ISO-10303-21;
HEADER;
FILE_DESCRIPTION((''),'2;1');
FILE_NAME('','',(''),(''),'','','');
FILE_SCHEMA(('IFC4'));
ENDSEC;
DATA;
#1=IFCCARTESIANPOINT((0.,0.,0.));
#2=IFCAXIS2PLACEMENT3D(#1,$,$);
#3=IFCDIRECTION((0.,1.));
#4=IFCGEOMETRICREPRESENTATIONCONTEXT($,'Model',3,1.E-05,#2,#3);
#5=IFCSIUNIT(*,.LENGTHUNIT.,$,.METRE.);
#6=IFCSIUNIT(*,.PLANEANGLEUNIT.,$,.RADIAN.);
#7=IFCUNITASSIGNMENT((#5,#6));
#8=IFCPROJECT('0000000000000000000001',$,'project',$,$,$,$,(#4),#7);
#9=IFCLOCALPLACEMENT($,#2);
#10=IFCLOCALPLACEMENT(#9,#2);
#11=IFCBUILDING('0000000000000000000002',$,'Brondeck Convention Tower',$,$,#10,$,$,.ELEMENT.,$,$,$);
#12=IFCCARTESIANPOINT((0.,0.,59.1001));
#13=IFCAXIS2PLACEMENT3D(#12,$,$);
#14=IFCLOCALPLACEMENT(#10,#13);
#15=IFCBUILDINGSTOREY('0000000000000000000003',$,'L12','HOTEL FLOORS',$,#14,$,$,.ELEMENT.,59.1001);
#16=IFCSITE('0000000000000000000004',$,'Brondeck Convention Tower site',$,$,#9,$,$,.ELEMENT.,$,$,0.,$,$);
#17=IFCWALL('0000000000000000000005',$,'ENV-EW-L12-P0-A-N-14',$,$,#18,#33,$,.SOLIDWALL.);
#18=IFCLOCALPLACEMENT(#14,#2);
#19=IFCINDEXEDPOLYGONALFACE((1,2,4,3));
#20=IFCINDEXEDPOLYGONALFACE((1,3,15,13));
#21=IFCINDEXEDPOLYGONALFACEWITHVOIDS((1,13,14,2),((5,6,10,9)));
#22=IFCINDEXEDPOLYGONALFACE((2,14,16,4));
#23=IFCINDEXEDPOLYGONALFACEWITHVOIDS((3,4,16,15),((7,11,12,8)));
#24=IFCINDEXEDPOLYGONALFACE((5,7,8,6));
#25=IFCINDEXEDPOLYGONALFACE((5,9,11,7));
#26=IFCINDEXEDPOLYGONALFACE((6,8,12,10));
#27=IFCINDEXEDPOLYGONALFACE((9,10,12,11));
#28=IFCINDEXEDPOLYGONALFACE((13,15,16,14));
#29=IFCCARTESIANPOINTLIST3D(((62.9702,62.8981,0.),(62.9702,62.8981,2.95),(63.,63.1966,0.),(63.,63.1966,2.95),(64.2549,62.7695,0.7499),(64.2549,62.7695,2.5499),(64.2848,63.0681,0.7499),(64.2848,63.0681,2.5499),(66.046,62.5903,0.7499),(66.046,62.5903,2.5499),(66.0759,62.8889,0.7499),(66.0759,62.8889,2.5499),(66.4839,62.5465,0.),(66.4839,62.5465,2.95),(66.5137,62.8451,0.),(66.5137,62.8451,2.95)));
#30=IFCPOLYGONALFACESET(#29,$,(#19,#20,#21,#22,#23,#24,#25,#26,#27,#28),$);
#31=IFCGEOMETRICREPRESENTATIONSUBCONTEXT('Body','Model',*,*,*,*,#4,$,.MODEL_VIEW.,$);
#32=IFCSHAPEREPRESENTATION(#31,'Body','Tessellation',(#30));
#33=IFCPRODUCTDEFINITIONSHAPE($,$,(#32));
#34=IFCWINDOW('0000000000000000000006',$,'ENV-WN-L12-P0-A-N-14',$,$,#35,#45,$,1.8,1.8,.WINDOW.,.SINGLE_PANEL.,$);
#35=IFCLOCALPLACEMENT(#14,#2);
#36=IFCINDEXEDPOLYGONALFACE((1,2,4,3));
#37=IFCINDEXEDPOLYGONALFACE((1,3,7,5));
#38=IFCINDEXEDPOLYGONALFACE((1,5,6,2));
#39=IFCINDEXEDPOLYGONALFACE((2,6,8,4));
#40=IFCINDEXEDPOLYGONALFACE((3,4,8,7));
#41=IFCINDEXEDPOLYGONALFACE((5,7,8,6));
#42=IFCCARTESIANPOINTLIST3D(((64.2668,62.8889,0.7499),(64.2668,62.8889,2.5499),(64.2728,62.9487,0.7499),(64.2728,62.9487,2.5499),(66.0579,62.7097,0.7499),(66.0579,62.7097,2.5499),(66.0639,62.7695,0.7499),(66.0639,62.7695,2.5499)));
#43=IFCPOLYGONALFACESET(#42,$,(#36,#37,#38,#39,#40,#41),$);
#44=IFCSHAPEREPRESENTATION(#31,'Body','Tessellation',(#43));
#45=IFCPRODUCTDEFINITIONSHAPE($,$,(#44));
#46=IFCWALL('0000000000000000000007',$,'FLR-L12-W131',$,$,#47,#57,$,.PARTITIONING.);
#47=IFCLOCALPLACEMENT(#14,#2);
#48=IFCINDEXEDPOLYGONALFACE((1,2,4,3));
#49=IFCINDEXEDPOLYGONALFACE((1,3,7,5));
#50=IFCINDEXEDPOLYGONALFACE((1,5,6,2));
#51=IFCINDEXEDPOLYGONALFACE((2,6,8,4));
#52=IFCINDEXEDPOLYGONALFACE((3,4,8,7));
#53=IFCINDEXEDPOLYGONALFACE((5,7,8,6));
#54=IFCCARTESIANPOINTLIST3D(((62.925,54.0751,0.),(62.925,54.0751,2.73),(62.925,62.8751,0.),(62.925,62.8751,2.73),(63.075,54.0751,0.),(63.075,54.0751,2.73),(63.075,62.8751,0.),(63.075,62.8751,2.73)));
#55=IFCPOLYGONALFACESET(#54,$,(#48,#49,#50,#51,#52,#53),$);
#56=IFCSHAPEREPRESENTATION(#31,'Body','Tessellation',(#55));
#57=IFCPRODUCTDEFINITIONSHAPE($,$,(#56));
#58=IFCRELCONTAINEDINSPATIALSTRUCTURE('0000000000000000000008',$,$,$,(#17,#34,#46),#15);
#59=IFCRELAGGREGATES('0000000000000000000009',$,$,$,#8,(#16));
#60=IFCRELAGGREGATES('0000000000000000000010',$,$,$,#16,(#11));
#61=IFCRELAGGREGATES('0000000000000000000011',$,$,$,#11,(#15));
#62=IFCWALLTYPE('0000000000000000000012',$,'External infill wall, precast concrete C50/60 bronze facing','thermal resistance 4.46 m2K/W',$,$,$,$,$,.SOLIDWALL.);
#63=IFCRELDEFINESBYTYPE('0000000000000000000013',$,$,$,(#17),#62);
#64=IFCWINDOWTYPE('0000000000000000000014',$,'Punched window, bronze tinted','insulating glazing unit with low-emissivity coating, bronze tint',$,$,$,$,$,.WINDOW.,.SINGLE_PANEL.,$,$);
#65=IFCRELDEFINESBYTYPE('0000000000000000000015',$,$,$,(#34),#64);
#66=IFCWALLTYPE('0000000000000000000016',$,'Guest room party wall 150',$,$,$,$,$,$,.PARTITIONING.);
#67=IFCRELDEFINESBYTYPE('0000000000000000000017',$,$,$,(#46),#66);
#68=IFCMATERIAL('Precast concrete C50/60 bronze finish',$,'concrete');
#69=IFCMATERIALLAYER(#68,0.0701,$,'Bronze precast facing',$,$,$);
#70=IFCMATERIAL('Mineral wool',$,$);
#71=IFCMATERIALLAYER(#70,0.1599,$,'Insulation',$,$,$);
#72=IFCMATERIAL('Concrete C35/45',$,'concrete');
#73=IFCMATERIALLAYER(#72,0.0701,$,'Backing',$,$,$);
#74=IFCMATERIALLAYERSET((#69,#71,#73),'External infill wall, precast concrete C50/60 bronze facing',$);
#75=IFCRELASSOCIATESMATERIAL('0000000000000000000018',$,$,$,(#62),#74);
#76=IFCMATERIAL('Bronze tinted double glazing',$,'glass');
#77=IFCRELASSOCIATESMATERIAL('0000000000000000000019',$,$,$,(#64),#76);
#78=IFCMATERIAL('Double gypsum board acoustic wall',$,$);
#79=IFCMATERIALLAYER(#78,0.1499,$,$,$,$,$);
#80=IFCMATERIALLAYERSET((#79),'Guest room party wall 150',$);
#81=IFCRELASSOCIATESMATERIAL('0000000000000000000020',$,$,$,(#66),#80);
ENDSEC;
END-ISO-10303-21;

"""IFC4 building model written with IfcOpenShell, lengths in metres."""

from ifc_helpers import new_model, si_unit, direction, frame, frame_2d, origin, place, context, subcontext, project, spatial, rectangle, extrude, material, layer, layer_set, type_object, element, fill, save


model = new_model("IFC4")

# Units and contexts
model_context = context("Model", 3, precision=1e-05, world=origin(), true_north=direction((0.0, 1.0)))
body_context = subcontext(model_context, "Body", "Model", "MODEL_VIEW")
ifc_project = project(units=[si_unit("LENGTHUNIT", "METRE"), si_unit("PLANEANGLEUNIT", "RADIAN")], contexts=[model_context])

# Site, building, storey
site_placement = place(None, origin())
site = spatial("IfcSite", under=ifc_project, at=site_placement, Name="Brondeck Convention Tower site", CompositionType="ELEMENT", RefElevation=0.0)
building_placement = place(site_placement, origin())
building = spatial("IfcBuilding", under=site, at=building_placement, Name="Brondeck Convention Tower", CompositionType="ELEMENT")
storey_placement = place(building_placement, frame((0.0, 0.0, 59.1001)))
storey = spatial("IfcBuildingStorey", under=building, at=storey_placement, Name="L12", Description="HOTEL FLOORS", CompositionType="ELEMENT", Elevation=59.1001)

# Shared definitions
ifc_material_1 = material(Name="Precast concrete C50/60 bronze finish", Category="concrete")
ifc_layer_1 = layer(ifc_material_1, 0.0701, Name="Bronze precast facing")
ifc_material_2 = material(Name="Mineral wool")
ifc_layer_2 = layer(ifc_material_2, 0.1599, Name="Insulation")
ifc_material_3 = material(Name="Concrete C35/45", Category="concrete")
ifc_layer_3 = layer(ifc_material_3, 0.0701, Name="Backing")
ifc_layer_set_1 = layer_set([ifc_layer_1, ifc_layer_2, ifc_layer_3], Name="External infill wall, precast concrete C50/60 bronze facing")
wall_type_1 = type_object("IfcWallType", Name="External infill wall, precast concrete C50/60 bronze facing", Description="thermal resistance 4.46 m2K/W", PredefinedType="SOLIDWALL", material=ifc_layer_set_1)
ifc_material_4 = material(Name="Bronze tinted double glazing", Category="glass")
window_type_1 = type_object("IfcWindowType", Name="Punched window, bronze tinted", Description="insulating glazing unit with low-emissivity coating, bronze tint", PartitioningType="SINGLE_PANEL", PredefinedType="WINDOW", material=ifc_material_4)

# Wall, opening, window
wall_1_placement = place(storey_placement, frame((62.9851, 63.0474, 0.0), z_axis=(0.0, 0.0, 1.0), x_axis=(0.995032, -0.099558, 0.0)))
wall_1 = element("IfcWall", 1, at=wall_1_placement, inside=storey, type_object=wall_type_1, Name="ENV-EW-L12-P0-A-N-14", PredefinedType="SOLIDWALL", context=body_context, shape_type="SweptSolid", body=[
    extrude(rectangle(XDim=3.5312, YDim=0.3, at=frame_2d((1.7656, 0.0))), origin(), (0.0, 0.0, 1.0), 2.95),
])
opening_1_placement = place(wall_1_placement, frame((1.2913, 0.0, 0.75)))
opening_1 = element("IfcOpeningElement", 2, at=opening_1_placement, cuts=wall_1, PredefinedType="OPENING", context=body_context, shape_type="SweptSolid", body=[
    extrude(rectangle(XDim=1.8, YDim=1.8, at=frame_2d((0.8999, 0.8999))), frame((0.0, 0.1599, 0.0), z_axis=(0.0, -1.0, 0.0), x_axis=(1.0, 0.0, 0.0)), (0.0, 0.0, 1.0), 0.3201),
])
window_1_placement = place(opening_1_placement, origin())
window_1 = element("IfcWindow", 3, at=window_1_placement, inside=storey, type_object=window_type_1, Name="ENV-WN-L12-P0-A-N-14", OverallHeight=1.8, OverallWidth=1.8, PartitioningType="SINGLE_PANEL", PredefinedType="WINDOW", context=body_context, shape_type="SweptSolid", body=[
    extrude(rectangle(XDim=1.8, YDim=1.8, at=frame_2d((0.8999, 0.8999))), frame((0.0, 0.03, 0.0), z_axis=(0.0, -1.0, 0.0), x_axis=(1.0, 0.0, 0.0)), (0.0, 0.0, 1.0), 0.0601),
])
fill(opening_1, window_1)

# Wall
ifc_material_5 = material(Name="Double gypsum board acoustic wall")
ifc_layer_4 = layer(ifc_material_5, 0.1499)
ifc_layer_set_2 = layer_set([ifc_layer_4], Name="Guest room party wall 150")
wall_type_2 = type_object("IfcWallType", Name="Guest room party wall 150", PredefinedType="PARTITIONING", material=ifc_layer_set_2)
wall_2_placement = place(storey_placement, frame((63.0, 62.875, 0.0), z_axis=(0.0, 0.0, 1.0), x_axis=(0.0, -1.0, 0.0)))
element("IfcWall", 4, at=wall_2_placement, inside=storey, type_object=wall_type_2, Name="FLR-L12-W131", PredefinedType="PARTITIONING", context=body_context, shape_type="SweptSolid", body=[
    extrude(rectangle(XDim=8.8, YDim=0.1499, at=frame_2d((4.3999, 0.0))), origin(), (0.0, 0.0, 1.0), 2.73),
])

save(model, "model.ifc")
